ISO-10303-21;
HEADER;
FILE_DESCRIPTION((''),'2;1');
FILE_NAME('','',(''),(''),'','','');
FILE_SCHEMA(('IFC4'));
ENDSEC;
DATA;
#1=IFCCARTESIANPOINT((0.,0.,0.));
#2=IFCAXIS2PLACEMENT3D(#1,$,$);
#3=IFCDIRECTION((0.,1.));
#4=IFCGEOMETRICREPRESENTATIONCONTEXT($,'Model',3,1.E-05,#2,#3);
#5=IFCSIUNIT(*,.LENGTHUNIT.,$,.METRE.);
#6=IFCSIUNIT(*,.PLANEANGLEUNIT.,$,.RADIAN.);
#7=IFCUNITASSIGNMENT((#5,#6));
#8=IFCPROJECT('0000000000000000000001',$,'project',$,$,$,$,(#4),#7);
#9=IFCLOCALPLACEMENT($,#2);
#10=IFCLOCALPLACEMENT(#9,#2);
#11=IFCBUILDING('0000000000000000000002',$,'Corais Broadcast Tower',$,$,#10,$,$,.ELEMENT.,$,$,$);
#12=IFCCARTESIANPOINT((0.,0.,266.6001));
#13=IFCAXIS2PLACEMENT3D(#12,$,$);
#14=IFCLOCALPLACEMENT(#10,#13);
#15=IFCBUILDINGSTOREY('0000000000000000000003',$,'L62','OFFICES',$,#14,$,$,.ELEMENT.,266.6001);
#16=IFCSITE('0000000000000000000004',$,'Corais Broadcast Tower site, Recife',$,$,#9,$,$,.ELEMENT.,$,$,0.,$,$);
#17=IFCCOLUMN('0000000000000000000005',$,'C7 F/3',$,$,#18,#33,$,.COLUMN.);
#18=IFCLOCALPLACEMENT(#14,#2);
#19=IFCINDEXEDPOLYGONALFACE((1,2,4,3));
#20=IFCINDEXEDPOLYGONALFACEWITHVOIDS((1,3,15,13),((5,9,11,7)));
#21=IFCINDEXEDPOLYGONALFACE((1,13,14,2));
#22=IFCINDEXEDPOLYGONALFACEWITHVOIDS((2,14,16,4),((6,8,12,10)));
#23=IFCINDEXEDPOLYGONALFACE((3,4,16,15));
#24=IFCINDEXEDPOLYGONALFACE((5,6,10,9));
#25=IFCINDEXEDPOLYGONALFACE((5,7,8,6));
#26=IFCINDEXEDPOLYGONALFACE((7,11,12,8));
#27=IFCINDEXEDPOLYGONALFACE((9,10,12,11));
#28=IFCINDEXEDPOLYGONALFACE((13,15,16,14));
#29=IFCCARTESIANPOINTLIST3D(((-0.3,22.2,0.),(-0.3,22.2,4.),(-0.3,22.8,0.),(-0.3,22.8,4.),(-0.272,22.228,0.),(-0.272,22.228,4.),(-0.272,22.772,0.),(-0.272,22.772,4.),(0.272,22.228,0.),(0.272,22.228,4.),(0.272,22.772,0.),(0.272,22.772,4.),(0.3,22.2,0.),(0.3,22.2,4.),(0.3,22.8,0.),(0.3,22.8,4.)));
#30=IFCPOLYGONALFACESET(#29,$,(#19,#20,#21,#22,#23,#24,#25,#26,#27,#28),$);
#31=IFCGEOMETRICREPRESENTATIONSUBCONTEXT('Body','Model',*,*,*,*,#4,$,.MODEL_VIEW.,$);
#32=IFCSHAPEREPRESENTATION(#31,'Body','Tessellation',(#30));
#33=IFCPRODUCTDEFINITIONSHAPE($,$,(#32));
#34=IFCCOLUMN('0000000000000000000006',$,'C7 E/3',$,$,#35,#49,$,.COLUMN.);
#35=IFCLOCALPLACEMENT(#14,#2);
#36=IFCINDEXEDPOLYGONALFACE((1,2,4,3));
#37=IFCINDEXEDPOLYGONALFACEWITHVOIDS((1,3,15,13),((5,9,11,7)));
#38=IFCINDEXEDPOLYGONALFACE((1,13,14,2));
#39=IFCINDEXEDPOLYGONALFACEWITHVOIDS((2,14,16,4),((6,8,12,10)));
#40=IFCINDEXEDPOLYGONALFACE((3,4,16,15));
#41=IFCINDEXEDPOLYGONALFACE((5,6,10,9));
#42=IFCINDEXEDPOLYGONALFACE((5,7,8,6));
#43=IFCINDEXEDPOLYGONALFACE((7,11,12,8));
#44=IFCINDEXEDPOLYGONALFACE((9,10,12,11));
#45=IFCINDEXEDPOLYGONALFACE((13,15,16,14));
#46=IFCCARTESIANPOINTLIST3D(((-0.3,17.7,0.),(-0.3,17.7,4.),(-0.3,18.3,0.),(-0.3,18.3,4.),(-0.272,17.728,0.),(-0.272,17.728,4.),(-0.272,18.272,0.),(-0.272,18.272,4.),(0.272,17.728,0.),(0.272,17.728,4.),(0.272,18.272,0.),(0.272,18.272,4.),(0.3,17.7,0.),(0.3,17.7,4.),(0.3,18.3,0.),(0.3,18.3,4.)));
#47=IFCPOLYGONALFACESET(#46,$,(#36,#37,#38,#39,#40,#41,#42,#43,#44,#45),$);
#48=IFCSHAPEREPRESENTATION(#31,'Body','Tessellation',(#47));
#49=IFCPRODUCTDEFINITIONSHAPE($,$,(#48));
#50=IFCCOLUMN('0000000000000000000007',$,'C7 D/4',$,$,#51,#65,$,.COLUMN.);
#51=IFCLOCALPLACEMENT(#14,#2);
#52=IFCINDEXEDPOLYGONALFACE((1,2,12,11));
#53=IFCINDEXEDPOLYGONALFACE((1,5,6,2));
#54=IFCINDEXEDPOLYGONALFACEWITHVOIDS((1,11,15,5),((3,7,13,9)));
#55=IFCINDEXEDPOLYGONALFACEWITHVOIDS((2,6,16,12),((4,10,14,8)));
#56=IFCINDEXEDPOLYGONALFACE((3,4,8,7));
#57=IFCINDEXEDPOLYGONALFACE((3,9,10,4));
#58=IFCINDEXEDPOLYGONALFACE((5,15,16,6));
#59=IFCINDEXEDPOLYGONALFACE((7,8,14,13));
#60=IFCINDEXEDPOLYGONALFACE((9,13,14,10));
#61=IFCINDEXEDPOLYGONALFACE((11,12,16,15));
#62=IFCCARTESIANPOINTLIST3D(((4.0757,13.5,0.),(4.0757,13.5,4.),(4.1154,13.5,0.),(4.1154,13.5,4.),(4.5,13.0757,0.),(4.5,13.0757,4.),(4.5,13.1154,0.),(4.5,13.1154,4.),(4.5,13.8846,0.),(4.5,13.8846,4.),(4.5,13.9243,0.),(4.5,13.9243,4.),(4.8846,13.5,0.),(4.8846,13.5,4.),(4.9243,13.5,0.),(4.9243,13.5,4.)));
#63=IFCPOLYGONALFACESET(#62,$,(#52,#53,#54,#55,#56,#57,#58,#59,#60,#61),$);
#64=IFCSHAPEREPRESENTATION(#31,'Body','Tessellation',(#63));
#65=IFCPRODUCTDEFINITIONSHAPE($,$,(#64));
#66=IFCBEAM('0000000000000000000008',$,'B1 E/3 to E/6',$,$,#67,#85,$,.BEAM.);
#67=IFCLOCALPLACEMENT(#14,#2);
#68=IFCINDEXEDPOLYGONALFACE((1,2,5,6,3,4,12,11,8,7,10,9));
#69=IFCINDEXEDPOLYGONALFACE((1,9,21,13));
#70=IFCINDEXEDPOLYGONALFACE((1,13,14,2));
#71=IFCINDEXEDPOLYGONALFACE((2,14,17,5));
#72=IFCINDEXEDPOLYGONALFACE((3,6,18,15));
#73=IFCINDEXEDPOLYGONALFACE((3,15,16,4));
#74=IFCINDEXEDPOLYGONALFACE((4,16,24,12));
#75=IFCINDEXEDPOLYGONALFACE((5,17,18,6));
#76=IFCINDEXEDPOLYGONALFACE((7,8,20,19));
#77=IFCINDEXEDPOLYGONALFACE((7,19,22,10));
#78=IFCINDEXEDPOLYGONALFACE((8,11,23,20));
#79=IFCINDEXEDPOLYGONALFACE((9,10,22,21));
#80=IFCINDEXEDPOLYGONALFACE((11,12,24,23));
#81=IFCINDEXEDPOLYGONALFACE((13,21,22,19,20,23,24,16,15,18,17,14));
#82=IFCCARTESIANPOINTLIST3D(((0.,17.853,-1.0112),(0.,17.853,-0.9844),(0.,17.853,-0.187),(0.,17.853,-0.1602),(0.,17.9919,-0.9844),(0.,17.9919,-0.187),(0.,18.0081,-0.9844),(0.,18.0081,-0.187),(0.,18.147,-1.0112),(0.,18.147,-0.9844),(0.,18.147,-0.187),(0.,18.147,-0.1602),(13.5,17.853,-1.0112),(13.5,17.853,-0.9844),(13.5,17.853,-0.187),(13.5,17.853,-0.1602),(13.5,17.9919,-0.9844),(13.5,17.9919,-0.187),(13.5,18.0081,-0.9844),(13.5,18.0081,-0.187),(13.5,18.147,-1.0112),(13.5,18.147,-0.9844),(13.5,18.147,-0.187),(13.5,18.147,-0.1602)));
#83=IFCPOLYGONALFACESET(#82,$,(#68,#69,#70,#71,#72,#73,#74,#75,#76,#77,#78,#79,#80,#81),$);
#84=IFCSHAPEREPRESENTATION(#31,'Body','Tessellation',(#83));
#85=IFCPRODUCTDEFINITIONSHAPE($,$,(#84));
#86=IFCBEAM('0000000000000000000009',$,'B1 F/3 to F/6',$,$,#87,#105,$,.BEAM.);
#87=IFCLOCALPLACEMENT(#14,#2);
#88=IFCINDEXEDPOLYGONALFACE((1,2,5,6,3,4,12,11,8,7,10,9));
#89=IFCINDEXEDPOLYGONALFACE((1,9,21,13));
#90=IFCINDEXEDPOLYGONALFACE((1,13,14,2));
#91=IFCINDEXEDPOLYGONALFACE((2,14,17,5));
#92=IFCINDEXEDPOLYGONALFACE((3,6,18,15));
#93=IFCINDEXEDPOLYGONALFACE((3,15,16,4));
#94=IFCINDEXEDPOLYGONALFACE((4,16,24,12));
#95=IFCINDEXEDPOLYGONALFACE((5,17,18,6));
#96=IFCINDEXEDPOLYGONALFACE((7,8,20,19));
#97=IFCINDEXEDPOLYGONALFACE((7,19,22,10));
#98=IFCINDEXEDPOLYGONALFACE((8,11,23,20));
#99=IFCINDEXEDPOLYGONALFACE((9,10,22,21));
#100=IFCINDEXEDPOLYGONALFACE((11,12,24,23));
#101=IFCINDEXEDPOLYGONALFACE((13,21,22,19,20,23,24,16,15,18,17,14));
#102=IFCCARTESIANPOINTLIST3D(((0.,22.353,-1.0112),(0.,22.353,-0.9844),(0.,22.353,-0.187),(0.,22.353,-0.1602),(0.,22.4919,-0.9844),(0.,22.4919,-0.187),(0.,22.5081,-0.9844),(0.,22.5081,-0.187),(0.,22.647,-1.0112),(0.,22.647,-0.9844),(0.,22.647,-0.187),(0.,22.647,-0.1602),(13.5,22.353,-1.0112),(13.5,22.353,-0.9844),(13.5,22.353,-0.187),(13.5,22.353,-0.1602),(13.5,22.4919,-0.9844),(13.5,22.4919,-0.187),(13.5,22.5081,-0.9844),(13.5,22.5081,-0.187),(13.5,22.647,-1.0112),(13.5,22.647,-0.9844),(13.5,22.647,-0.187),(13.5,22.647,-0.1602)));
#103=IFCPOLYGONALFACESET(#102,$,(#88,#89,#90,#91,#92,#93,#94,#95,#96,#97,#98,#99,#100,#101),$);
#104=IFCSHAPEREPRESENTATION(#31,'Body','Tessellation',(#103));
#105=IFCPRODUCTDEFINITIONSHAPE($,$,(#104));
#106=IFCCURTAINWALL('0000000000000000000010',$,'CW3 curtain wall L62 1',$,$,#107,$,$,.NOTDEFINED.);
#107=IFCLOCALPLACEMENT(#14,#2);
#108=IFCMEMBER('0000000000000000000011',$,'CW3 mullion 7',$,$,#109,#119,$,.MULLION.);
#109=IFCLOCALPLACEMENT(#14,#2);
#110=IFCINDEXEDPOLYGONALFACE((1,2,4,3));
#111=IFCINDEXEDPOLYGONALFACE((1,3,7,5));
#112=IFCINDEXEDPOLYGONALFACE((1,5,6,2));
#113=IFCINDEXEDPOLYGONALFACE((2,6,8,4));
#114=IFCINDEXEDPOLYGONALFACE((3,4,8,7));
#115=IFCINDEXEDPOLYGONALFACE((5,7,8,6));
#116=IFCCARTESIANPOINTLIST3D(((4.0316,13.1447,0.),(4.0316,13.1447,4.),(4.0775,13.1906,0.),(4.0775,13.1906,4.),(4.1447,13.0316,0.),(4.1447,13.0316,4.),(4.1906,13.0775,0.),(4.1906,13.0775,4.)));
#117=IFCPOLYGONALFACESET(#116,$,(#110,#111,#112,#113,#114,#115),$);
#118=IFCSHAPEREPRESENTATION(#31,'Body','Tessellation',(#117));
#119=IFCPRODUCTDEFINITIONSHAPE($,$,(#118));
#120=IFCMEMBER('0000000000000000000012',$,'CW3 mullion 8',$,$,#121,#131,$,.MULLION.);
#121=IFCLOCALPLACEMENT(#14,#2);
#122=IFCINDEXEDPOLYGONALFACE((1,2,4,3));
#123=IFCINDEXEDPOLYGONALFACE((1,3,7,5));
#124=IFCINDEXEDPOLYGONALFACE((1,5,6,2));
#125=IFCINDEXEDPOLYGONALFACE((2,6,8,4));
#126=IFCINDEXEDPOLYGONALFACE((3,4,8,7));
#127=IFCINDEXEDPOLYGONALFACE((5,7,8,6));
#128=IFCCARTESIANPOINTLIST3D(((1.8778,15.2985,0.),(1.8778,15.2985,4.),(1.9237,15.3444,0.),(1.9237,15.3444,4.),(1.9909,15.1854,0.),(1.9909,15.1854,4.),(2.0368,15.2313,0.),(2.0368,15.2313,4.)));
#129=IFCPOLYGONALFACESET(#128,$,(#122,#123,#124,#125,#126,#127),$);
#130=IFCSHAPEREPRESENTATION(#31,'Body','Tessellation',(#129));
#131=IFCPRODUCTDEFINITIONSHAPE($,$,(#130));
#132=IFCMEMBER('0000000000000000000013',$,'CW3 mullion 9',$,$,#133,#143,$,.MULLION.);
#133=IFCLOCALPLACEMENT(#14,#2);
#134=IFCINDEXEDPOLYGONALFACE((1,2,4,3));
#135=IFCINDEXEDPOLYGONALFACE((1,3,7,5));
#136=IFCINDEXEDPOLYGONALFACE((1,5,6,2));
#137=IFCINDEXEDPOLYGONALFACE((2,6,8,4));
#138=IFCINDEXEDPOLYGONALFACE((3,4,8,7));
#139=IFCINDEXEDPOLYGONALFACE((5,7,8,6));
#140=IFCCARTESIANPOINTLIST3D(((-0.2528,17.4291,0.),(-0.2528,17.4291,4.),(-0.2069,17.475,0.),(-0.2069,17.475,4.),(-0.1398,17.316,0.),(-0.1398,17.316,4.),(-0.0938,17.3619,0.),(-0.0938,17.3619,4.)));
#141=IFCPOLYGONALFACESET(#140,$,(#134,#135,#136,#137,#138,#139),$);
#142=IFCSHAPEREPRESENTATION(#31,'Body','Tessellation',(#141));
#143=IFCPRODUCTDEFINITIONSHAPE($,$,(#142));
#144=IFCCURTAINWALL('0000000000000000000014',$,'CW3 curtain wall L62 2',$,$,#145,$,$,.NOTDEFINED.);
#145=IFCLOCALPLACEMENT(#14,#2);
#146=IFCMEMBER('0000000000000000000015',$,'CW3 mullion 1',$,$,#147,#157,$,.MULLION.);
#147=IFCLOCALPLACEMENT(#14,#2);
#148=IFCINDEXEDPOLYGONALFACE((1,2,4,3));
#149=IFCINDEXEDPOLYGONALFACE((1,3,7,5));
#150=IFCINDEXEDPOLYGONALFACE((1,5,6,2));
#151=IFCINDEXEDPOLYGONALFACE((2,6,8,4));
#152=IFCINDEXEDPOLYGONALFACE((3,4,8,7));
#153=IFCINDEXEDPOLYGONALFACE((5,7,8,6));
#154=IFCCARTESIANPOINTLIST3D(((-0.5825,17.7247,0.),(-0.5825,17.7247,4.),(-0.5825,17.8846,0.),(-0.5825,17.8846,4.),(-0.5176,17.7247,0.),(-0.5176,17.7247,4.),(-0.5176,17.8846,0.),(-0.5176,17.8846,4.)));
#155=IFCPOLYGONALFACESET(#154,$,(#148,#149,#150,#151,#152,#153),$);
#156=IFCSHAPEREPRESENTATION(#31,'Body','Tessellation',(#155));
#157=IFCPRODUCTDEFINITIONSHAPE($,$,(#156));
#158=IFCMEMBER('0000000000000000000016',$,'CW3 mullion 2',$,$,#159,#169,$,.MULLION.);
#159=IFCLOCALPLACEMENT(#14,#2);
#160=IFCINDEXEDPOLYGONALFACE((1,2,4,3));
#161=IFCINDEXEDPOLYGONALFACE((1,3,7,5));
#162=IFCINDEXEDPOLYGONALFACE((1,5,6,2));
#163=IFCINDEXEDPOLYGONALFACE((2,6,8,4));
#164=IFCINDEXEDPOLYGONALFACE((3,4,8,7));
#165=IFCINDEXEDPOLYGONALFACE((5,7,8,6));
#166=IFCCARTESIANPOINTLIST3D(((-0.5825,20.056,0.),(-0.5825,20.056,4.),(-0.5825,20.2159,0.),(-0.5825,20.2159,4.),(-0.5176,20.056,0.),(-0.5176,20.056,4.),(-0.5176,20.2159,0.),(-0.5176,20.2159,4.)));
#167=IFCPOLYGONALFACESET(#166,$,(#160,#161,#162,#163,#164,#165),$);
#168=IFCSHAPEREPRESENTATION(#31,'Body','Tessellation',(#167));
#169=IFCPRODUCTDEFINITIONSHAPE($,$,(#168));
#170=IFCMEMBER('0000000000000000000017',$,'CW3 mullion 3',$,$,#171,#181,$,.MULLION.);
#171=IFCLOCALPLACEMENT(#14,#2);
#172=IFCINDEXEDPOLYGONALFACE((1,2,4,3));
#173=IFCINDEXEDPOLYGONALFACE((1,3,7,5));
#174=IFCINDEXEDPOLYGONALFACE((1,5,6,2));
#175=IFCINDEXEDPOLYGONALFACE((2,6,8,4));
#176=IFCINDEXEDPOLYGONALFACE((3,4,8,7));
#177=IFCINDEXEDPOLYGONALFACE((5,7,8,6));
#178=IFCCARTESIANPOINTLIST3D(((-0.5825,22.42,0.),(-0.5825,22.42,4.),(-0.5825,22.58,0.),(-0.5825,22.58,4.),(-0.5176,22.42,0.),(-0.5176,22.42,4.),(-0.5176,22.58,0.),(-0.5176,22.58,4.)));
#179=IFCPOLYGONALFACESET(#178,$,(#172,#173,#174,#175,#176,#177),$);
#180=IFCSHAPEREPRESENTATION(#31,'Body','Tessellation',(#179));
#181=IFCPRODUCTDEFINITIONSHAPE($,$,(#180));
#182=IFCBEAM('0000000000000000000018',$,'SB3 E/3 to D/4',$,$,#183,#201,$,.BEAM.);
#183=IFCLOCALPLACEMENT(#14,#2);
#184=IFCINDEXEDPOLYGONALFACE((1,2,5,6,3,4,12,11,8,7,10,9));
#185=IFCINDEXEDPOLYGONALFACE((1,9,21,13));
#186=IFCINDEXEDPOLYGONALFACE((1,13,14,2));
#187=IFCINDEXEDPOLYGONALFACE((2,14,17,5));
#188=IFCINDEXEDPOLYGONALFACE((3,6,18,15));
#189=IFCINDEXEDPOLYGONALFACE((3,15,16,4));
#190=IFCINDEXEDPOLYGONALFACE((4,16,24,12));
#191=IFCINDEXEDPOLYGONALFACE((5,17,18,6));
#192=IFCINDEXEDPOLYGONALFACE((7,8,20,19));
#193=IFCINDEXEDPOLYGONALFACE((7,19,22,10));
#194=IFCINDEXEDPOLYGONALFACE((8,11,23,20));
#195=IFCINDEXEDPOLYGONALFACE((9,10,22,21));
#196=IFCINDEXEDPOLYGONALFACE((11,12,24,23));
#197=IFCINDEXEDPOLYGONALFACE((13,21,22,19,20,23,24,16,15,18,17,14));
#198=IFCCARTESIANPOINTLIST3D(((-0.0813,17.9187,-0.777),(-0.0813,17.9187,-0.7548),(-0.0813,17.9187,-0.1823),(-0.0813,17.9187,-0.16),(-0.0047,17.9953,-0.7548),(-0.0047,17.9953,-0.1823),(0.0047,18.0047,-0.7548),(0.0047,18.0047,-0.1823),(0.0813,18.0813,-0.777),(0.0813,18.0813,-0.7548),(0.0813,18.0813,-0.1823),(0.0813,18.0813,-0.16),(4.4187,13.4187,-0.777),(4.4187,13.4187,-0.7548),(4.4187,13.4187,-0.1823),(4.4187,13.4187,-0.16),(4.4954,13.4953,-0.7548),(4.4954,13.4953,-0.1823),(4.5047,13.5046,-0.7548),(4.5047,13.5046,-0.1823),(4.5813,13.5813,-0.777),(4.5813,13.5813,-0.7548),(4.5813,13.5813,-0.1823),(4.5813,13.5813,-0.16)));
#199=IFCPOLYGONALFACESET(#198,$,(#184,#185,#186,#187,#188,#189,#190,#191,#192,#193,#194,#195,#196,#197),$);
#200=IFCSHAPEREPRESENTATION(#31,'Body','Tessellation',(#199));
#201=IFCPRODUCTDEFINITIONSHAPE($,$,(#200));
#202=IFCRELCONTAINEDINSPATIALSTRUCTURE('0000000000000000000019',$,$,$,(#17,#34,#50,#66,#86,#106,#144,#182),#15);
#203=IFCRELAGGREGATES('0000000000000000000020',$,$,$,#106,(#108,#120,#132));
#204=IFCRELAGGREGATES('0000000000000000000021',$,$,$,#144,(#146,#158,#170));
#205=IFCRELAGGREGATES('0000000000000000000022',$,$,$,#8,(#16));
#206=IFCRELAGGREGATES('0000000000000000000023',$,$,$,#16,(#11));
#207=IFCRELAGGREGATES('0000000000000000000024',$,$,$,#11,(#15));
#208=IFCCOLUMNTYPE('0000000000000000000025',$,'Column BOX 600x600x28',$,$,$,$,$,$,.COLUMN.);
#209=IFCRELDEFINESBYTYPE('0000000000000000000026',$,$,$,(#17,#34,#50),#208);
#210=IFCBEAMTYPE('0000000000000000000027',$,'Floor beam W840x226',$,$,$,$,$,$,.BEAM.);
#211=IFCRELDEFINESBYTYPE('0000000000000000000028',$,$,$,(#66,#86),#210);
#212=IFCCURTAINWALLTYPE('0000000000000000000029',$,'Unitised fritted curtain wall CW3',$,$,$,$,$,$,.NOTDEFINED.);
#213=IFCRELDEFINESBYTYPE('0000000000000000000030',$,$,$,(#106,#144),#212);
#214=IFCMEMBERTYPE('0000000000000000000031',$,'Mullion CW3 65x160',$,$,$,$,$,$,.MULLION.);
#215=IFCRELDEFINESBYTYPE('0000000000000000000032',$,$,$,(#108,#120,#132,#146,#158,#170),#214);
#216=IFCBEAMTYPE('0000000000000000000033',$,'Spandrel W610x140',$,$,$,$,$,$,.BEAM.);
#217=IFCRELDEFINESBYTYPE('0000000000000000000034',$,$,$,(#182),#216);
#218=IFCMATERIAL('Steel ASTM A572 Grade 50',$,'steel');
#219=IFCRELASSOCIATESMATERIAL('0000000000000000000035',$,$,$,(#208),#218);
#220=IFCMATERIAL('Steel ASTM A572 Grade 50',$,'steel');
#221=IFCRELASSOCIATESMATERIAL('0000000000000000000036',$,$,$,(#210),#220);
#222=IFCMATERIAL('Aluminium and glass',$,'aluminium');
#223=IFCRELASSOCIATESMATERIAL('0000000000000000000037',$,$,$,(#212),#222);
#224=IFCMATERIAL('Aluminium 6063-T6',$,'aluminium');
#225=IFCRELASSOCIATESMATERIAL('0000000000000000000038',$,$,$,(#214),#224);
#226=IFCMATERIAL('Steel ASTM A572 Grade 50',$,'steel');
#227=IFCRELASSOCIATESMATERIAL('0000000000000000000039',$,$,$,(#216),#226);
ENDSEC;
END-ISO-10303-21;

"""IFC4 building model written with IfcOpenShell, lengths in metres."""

from ifc_helpers import new_model, si_unit, direction, frame, origin, origin_2d, place, context, subcontext, project, spatial, rectangle, hollow_rectangle, i_section, extrude, material, material_profile, profile_set, type_object, element, aggregate, save


model = new_model("IFC4")

# Units and contexts
model_context = context("Model", 3, precision=1e-05, world=origin(), true_north=direction((0.0, 1.0)))
body_context = subcontext(model_context, "Body", "Model", "MODEL_VIEW")
ifc_project = project(units=[si_unit("LENGTHUNIT", "METRE"), si_unit("PLANEANGLEUNIT", "RADIAN")], contexts=[model_context])

# Site, building, storey
site_placement = place(None, origin())
site = spatial("IfcSite", under=ifc_project, at=site_placement, Name="Corais Broadcast Tower site, Recife", CompositionType="ELEMENT", RefElevation=0.0)
building_placement = place(site_placement, origin())
building = spatial("IfcBuilding", under=site, at=building_placement, Name="Corais Broadcast Tower", CompositionType="ELEMENT")
storey_placement = place(building_placement, frame((0.0, 0.0, 266.6001)))
storey = spatial("IfcBuildingStorey", under=building, at=storey_placement, Name="L62", Description="OFFICES", CompositionType="ELEMENT", Elevation=266.6001)

# Columns
ifc_material_1 = material(Name="Steel ASTM A572 Grade 50", Category="steel")
ifc_material_profile_1 = material_profile(ifc_material_1, hollow_rectangle(XDim=0.6001, YDim=0.6001, WallThickness=0.0281, at=origin_2d()), Name="BOX 600x600x28")
ifc_profile_set_1 = profile_set([ifc_material_profile_1], Name="Steel ASTM A572 Grade 50")
column_type = type_object("IfcColumnType", Name="Column BOX 600x600x28", PredefinedType="COLUMN", material=ifc_profile_set_1)
for number, where, z_axis, x_axis, name in (
    (1, (0.0, 22.5, 0.0), (0.0, 0.0, 1.0), (1.0, 0.0, 0.0), "C7 F/3"),
    (2, (0.0, 18.0, 0.0), (0.0, 0.0, 1.0), (1.0, 0.0, 0.0), "C7 E/3"),
    (3, (4.5, 13.5, 0.0), (0.0, 0.0, 1.0), (0.707107, 0.707107, 0.0), "C7 D/4"),
):
    element("IfcColumn", number, at=place(storey_placement, frame(where, z_axis=z_axis, x_axis=x_axis)), inside=storey, type_object=column_type, Name=name, PredefinedType="COLUMN", context=body_context, shape_type="SweptSolid", body=[
        extrude(hollow_rectangle(XDim=0.6001, YDim=0.6001, WallThickness=0.0281, at=origin_2d()), origin(), (0.0, 0.0, 1.0), 4.0),
    ])

# Beams
ifc_material_2 = material(Name="Steel ASTM A572 Grade 50", Category="steel")
ifc_material_profile_2 = material_profile(ifc_material_2, i_section(OverallWidth=0.2939, OverallDepth=0.8511, WebThickness=0.0161, FlangeThickness=0.0269, at=origin_2d()), Name="W840x226")
ifc_profile_set_2 = profile_set([ifc_material_profile_2], Name="Steel ASTM A572 Grade 50")
beam_type_1 = type_object("IfcBeamType", Name="Floor beam W840x226", PredefinedType="BEAM", material=ifc_profile_set_2)
for number, where, z_axis, x_axis, name in (
    (4, (0.0, 18.0, -0.5857), (1.0, 0.0, 0.0), (0.0, 1.0, 0.0), "B1 E/3 to E/6"),
    (5, (0.0, 22.5, -0.5857), (1.0, 0.0, 0.0), (0.0, 1.0, 0.0), "B1 F/3 to F/6"),
):
    element("IfcBeam", number, at=place(storey_placement, frame(where, z_axis=z_axis, x_axis=x_axis)), inside=storey, type_object=beam_type_1, Name=name, PredefinedType="BEAM", context=body_context, shape_type="SweptSolid", body=[
        extrude(i_section(OverallWidth=0.2939, OverallDepth=0.8511, WebThickness=0.0161, FlangeThickness=0.0269, at=origin_2d()), origin(), (0.0, 0.0, 1.0), 13.5),
    ])

# Curtain walls, members
ifc_material_3 = material(Name="Aluminium and glass", Category="aluminium")
curtain_wall_type = type_object("IfcCurtainWallType", Name="Unitised fritted curtain wall CW3", PredefinedType="NOTDEFINED", material=ifc_material_3)
curtain_wall_1_placement = place(storey_placement, origin())
curtain_wall_1 = element("IfcCurtainWall", 6, at=curtain_wall_1_placement, inside=storey, type_object=curtain_wall_type, Name="CW3 curtain wall L62 1", PredefinedType="NOTDEFINED")
ifc_material_4 = material(Name="Aluminium 6063-T6", Category="aluminium")
ifc_material_profile_3 = material_profile(ifc_material_4, rectangle(XDim=0.0649, YDim=0.1599, at=origin_2d()), Name="Mullion CW3 65x160")
ifc_profile_set_3 = profile_set([ifc_material_profile_3], Name="Aluminium 6063-T6")
member_type_1 = type_object("IfcMemberType", Name="Mullion CW3 65x160", PredefinedType="MULLION", material=ifc_profile_set_3)
member_1_placement = place(storey_placement, frame((4.1111, 13.1111, 0.0), z_axis=(0.0, 0.0, 1.0), x_axis=(-0.707107, -0.707107, 0.0)))
member_1 = element("IfcMember", 7, at=member_1_placement, type_object=member_type_1, Name="CW3 mullion 7", PredefinedType="MULLION", context=body_context, shape_type="SweptSolid", body=[
    extrude(rectangle(XDim=0.0649, YDim=0.1599, at=origin_2d()), origin(), (0.0, 0.0, 1.0), 4.0),
])
member_2_placement = place(storey_placement, frame((1.9573, 15.2649, 0.0), z_axis=(0.0, 0.0, 1.0), x_axis=(-0.707107, -0.707107, 0.0)))
member_2 = element("IfcMember", 8, at=member_2_placement, type_object=member_type_1, Name="CW3 mullion 8", PredefinedType="MULLION", context=body_context, shape_type="SweptSolid", body=[
    extrude(rectangle(XDim=0.0649, YDim=0.1599, at=origin_2d()), origin(), (0.0, 0.0, 1.0), 4.0),
])
member_3_placement = place(storey_placement, frame((-0.1733, 17.3955, 0.0), z_axis=(0.0, 0.0, 1.0), x_axis=(-0.707107, -0.707107, 0.0)))
member_3 = element("IfcMember", 9, at=member_3_placement, type_object=member_type_1, Name="CW3 mullion 9", PredefinedType="MULLION", context=body_context, shape_type="SweptSolid", body=[
    extrude(rectangle(XDim=0.0649, YDim=0.1599, at=origin_2d()), origin(), (0.0, 0.0, 1.0), 4.0),
])
curtain_wall_2_placement = place(storey_placement, origin())
curtain_wall_2 = element("IfcCurtainWall", 10, at=curtain_wall_2_placement, inside=storey, type_object=curtain_wall_type, Name="CW3 curtain wall L62 2", PredefinedType="NOTDEFINED")
member_4_placement = place(storey_placement, frame((-0.55, 17.8047, 0.0), z_axis=(0.0, 0.0, 1.0), x_axis=(-1.0, 0.0, 0.0)))
member_4 = element("IfcMember", 11, at=member_4_placement, type_object=member_type_1, Name="CW3 mullion 1", PredefinedType="MULLION", context=body_context, shape_type="SweptSolid", body=[
    extrude(rectangle(XDim=0.0649, YDim=0.1599, at=origin_2d()), origin(), (0.0, 0.0, 1.0), 4.0),
])
member_5_placement = place(storey_placement, frame((-0.55, 20.136, 0.0), z_axis=(0.0, 0.0, 1.0), x_axis=(-1.0, 0.0, 0.0)))
member_5 = element("IfcMember", 12, at=member_5_placement, type_object=member_type_1, Name="CW3 mullion 2", PredefinedType="MULLION", context=body_context, shape_type="SweptSolid", body=[
    extrude(rectangle(XDim=0.0649, YDim=0.1599, at=origin_2d()), origin(), (0.0, 0.0, 1.0), 4.0),
])
member_6_placement = place(storey_placement, frame((-0.55, 22.5, 0.0), z_axis=(0.0, 0.0, 1.0), x_axis=(-1.0, 0.0, 0.0)))
member_6 = element("IfcMember", 13, at=member_6_placement, type_object=member_type_1, Name="CW3 mullion 3", PredefinedType="MULLION", context=body_context, shape_type="SweptSolid", body=[
    extrude(rectangle(XDim=0.0649, YDim=0.1599, at=origin_2d()), origin(), (0.0, 0.0, 1.0), 4.0),
])

# Beam
ifc_material_5 = material(Name="Steel ASTM A572 Grade 50", Category="steel")
ifc_material_profile_4 = material_profile(ifc_material_5, i_section(OverallWidth=0.23, OverallDepth=0.6169, WebThickness=0.0132, FlangeThickness=0.0222, at=origin_2d()), Name="W610x140")
ifc_profile_set_4 = profile_set([ifc_material_profile_4], Name="Steel ASTM A572 Grade 50")
beam_type_2 = type_object("IfcBeamType", Name="Spandrel W610x140", PredefinedType="BEAM", material=ifc_profile_set_4)
beam_1_placement = place(storey_placement, frame((0.0, 18.0, -0.4685), z_axis=(0.707107, -0.707107, 0.0), x_axis=(0.707107, 0.707107, 0.0)))
element("IfcBeam", 14, at=beam_1_placement, inside=storey, type_object=beam_type_2, Name="SB3 E/3 to D/4", PredefinedType="BEAM", context=body_context, shape_type="SweptSolid", body=[
    extrude(i_section(OverallWidth=0.23, OverallDepth=0.6169, WebThickness=0.0132, FlangeThickness=0.0222, at=origin_2d()), origin(), (0.0, 0.0, 1.0), 6.364),
])

aggregate(curtain_wall_1, [member_1, member_2, member_3])
aggregate(curtain_wall_2, [member_4, member_5, member_6])

save(model, "model.ifc")
